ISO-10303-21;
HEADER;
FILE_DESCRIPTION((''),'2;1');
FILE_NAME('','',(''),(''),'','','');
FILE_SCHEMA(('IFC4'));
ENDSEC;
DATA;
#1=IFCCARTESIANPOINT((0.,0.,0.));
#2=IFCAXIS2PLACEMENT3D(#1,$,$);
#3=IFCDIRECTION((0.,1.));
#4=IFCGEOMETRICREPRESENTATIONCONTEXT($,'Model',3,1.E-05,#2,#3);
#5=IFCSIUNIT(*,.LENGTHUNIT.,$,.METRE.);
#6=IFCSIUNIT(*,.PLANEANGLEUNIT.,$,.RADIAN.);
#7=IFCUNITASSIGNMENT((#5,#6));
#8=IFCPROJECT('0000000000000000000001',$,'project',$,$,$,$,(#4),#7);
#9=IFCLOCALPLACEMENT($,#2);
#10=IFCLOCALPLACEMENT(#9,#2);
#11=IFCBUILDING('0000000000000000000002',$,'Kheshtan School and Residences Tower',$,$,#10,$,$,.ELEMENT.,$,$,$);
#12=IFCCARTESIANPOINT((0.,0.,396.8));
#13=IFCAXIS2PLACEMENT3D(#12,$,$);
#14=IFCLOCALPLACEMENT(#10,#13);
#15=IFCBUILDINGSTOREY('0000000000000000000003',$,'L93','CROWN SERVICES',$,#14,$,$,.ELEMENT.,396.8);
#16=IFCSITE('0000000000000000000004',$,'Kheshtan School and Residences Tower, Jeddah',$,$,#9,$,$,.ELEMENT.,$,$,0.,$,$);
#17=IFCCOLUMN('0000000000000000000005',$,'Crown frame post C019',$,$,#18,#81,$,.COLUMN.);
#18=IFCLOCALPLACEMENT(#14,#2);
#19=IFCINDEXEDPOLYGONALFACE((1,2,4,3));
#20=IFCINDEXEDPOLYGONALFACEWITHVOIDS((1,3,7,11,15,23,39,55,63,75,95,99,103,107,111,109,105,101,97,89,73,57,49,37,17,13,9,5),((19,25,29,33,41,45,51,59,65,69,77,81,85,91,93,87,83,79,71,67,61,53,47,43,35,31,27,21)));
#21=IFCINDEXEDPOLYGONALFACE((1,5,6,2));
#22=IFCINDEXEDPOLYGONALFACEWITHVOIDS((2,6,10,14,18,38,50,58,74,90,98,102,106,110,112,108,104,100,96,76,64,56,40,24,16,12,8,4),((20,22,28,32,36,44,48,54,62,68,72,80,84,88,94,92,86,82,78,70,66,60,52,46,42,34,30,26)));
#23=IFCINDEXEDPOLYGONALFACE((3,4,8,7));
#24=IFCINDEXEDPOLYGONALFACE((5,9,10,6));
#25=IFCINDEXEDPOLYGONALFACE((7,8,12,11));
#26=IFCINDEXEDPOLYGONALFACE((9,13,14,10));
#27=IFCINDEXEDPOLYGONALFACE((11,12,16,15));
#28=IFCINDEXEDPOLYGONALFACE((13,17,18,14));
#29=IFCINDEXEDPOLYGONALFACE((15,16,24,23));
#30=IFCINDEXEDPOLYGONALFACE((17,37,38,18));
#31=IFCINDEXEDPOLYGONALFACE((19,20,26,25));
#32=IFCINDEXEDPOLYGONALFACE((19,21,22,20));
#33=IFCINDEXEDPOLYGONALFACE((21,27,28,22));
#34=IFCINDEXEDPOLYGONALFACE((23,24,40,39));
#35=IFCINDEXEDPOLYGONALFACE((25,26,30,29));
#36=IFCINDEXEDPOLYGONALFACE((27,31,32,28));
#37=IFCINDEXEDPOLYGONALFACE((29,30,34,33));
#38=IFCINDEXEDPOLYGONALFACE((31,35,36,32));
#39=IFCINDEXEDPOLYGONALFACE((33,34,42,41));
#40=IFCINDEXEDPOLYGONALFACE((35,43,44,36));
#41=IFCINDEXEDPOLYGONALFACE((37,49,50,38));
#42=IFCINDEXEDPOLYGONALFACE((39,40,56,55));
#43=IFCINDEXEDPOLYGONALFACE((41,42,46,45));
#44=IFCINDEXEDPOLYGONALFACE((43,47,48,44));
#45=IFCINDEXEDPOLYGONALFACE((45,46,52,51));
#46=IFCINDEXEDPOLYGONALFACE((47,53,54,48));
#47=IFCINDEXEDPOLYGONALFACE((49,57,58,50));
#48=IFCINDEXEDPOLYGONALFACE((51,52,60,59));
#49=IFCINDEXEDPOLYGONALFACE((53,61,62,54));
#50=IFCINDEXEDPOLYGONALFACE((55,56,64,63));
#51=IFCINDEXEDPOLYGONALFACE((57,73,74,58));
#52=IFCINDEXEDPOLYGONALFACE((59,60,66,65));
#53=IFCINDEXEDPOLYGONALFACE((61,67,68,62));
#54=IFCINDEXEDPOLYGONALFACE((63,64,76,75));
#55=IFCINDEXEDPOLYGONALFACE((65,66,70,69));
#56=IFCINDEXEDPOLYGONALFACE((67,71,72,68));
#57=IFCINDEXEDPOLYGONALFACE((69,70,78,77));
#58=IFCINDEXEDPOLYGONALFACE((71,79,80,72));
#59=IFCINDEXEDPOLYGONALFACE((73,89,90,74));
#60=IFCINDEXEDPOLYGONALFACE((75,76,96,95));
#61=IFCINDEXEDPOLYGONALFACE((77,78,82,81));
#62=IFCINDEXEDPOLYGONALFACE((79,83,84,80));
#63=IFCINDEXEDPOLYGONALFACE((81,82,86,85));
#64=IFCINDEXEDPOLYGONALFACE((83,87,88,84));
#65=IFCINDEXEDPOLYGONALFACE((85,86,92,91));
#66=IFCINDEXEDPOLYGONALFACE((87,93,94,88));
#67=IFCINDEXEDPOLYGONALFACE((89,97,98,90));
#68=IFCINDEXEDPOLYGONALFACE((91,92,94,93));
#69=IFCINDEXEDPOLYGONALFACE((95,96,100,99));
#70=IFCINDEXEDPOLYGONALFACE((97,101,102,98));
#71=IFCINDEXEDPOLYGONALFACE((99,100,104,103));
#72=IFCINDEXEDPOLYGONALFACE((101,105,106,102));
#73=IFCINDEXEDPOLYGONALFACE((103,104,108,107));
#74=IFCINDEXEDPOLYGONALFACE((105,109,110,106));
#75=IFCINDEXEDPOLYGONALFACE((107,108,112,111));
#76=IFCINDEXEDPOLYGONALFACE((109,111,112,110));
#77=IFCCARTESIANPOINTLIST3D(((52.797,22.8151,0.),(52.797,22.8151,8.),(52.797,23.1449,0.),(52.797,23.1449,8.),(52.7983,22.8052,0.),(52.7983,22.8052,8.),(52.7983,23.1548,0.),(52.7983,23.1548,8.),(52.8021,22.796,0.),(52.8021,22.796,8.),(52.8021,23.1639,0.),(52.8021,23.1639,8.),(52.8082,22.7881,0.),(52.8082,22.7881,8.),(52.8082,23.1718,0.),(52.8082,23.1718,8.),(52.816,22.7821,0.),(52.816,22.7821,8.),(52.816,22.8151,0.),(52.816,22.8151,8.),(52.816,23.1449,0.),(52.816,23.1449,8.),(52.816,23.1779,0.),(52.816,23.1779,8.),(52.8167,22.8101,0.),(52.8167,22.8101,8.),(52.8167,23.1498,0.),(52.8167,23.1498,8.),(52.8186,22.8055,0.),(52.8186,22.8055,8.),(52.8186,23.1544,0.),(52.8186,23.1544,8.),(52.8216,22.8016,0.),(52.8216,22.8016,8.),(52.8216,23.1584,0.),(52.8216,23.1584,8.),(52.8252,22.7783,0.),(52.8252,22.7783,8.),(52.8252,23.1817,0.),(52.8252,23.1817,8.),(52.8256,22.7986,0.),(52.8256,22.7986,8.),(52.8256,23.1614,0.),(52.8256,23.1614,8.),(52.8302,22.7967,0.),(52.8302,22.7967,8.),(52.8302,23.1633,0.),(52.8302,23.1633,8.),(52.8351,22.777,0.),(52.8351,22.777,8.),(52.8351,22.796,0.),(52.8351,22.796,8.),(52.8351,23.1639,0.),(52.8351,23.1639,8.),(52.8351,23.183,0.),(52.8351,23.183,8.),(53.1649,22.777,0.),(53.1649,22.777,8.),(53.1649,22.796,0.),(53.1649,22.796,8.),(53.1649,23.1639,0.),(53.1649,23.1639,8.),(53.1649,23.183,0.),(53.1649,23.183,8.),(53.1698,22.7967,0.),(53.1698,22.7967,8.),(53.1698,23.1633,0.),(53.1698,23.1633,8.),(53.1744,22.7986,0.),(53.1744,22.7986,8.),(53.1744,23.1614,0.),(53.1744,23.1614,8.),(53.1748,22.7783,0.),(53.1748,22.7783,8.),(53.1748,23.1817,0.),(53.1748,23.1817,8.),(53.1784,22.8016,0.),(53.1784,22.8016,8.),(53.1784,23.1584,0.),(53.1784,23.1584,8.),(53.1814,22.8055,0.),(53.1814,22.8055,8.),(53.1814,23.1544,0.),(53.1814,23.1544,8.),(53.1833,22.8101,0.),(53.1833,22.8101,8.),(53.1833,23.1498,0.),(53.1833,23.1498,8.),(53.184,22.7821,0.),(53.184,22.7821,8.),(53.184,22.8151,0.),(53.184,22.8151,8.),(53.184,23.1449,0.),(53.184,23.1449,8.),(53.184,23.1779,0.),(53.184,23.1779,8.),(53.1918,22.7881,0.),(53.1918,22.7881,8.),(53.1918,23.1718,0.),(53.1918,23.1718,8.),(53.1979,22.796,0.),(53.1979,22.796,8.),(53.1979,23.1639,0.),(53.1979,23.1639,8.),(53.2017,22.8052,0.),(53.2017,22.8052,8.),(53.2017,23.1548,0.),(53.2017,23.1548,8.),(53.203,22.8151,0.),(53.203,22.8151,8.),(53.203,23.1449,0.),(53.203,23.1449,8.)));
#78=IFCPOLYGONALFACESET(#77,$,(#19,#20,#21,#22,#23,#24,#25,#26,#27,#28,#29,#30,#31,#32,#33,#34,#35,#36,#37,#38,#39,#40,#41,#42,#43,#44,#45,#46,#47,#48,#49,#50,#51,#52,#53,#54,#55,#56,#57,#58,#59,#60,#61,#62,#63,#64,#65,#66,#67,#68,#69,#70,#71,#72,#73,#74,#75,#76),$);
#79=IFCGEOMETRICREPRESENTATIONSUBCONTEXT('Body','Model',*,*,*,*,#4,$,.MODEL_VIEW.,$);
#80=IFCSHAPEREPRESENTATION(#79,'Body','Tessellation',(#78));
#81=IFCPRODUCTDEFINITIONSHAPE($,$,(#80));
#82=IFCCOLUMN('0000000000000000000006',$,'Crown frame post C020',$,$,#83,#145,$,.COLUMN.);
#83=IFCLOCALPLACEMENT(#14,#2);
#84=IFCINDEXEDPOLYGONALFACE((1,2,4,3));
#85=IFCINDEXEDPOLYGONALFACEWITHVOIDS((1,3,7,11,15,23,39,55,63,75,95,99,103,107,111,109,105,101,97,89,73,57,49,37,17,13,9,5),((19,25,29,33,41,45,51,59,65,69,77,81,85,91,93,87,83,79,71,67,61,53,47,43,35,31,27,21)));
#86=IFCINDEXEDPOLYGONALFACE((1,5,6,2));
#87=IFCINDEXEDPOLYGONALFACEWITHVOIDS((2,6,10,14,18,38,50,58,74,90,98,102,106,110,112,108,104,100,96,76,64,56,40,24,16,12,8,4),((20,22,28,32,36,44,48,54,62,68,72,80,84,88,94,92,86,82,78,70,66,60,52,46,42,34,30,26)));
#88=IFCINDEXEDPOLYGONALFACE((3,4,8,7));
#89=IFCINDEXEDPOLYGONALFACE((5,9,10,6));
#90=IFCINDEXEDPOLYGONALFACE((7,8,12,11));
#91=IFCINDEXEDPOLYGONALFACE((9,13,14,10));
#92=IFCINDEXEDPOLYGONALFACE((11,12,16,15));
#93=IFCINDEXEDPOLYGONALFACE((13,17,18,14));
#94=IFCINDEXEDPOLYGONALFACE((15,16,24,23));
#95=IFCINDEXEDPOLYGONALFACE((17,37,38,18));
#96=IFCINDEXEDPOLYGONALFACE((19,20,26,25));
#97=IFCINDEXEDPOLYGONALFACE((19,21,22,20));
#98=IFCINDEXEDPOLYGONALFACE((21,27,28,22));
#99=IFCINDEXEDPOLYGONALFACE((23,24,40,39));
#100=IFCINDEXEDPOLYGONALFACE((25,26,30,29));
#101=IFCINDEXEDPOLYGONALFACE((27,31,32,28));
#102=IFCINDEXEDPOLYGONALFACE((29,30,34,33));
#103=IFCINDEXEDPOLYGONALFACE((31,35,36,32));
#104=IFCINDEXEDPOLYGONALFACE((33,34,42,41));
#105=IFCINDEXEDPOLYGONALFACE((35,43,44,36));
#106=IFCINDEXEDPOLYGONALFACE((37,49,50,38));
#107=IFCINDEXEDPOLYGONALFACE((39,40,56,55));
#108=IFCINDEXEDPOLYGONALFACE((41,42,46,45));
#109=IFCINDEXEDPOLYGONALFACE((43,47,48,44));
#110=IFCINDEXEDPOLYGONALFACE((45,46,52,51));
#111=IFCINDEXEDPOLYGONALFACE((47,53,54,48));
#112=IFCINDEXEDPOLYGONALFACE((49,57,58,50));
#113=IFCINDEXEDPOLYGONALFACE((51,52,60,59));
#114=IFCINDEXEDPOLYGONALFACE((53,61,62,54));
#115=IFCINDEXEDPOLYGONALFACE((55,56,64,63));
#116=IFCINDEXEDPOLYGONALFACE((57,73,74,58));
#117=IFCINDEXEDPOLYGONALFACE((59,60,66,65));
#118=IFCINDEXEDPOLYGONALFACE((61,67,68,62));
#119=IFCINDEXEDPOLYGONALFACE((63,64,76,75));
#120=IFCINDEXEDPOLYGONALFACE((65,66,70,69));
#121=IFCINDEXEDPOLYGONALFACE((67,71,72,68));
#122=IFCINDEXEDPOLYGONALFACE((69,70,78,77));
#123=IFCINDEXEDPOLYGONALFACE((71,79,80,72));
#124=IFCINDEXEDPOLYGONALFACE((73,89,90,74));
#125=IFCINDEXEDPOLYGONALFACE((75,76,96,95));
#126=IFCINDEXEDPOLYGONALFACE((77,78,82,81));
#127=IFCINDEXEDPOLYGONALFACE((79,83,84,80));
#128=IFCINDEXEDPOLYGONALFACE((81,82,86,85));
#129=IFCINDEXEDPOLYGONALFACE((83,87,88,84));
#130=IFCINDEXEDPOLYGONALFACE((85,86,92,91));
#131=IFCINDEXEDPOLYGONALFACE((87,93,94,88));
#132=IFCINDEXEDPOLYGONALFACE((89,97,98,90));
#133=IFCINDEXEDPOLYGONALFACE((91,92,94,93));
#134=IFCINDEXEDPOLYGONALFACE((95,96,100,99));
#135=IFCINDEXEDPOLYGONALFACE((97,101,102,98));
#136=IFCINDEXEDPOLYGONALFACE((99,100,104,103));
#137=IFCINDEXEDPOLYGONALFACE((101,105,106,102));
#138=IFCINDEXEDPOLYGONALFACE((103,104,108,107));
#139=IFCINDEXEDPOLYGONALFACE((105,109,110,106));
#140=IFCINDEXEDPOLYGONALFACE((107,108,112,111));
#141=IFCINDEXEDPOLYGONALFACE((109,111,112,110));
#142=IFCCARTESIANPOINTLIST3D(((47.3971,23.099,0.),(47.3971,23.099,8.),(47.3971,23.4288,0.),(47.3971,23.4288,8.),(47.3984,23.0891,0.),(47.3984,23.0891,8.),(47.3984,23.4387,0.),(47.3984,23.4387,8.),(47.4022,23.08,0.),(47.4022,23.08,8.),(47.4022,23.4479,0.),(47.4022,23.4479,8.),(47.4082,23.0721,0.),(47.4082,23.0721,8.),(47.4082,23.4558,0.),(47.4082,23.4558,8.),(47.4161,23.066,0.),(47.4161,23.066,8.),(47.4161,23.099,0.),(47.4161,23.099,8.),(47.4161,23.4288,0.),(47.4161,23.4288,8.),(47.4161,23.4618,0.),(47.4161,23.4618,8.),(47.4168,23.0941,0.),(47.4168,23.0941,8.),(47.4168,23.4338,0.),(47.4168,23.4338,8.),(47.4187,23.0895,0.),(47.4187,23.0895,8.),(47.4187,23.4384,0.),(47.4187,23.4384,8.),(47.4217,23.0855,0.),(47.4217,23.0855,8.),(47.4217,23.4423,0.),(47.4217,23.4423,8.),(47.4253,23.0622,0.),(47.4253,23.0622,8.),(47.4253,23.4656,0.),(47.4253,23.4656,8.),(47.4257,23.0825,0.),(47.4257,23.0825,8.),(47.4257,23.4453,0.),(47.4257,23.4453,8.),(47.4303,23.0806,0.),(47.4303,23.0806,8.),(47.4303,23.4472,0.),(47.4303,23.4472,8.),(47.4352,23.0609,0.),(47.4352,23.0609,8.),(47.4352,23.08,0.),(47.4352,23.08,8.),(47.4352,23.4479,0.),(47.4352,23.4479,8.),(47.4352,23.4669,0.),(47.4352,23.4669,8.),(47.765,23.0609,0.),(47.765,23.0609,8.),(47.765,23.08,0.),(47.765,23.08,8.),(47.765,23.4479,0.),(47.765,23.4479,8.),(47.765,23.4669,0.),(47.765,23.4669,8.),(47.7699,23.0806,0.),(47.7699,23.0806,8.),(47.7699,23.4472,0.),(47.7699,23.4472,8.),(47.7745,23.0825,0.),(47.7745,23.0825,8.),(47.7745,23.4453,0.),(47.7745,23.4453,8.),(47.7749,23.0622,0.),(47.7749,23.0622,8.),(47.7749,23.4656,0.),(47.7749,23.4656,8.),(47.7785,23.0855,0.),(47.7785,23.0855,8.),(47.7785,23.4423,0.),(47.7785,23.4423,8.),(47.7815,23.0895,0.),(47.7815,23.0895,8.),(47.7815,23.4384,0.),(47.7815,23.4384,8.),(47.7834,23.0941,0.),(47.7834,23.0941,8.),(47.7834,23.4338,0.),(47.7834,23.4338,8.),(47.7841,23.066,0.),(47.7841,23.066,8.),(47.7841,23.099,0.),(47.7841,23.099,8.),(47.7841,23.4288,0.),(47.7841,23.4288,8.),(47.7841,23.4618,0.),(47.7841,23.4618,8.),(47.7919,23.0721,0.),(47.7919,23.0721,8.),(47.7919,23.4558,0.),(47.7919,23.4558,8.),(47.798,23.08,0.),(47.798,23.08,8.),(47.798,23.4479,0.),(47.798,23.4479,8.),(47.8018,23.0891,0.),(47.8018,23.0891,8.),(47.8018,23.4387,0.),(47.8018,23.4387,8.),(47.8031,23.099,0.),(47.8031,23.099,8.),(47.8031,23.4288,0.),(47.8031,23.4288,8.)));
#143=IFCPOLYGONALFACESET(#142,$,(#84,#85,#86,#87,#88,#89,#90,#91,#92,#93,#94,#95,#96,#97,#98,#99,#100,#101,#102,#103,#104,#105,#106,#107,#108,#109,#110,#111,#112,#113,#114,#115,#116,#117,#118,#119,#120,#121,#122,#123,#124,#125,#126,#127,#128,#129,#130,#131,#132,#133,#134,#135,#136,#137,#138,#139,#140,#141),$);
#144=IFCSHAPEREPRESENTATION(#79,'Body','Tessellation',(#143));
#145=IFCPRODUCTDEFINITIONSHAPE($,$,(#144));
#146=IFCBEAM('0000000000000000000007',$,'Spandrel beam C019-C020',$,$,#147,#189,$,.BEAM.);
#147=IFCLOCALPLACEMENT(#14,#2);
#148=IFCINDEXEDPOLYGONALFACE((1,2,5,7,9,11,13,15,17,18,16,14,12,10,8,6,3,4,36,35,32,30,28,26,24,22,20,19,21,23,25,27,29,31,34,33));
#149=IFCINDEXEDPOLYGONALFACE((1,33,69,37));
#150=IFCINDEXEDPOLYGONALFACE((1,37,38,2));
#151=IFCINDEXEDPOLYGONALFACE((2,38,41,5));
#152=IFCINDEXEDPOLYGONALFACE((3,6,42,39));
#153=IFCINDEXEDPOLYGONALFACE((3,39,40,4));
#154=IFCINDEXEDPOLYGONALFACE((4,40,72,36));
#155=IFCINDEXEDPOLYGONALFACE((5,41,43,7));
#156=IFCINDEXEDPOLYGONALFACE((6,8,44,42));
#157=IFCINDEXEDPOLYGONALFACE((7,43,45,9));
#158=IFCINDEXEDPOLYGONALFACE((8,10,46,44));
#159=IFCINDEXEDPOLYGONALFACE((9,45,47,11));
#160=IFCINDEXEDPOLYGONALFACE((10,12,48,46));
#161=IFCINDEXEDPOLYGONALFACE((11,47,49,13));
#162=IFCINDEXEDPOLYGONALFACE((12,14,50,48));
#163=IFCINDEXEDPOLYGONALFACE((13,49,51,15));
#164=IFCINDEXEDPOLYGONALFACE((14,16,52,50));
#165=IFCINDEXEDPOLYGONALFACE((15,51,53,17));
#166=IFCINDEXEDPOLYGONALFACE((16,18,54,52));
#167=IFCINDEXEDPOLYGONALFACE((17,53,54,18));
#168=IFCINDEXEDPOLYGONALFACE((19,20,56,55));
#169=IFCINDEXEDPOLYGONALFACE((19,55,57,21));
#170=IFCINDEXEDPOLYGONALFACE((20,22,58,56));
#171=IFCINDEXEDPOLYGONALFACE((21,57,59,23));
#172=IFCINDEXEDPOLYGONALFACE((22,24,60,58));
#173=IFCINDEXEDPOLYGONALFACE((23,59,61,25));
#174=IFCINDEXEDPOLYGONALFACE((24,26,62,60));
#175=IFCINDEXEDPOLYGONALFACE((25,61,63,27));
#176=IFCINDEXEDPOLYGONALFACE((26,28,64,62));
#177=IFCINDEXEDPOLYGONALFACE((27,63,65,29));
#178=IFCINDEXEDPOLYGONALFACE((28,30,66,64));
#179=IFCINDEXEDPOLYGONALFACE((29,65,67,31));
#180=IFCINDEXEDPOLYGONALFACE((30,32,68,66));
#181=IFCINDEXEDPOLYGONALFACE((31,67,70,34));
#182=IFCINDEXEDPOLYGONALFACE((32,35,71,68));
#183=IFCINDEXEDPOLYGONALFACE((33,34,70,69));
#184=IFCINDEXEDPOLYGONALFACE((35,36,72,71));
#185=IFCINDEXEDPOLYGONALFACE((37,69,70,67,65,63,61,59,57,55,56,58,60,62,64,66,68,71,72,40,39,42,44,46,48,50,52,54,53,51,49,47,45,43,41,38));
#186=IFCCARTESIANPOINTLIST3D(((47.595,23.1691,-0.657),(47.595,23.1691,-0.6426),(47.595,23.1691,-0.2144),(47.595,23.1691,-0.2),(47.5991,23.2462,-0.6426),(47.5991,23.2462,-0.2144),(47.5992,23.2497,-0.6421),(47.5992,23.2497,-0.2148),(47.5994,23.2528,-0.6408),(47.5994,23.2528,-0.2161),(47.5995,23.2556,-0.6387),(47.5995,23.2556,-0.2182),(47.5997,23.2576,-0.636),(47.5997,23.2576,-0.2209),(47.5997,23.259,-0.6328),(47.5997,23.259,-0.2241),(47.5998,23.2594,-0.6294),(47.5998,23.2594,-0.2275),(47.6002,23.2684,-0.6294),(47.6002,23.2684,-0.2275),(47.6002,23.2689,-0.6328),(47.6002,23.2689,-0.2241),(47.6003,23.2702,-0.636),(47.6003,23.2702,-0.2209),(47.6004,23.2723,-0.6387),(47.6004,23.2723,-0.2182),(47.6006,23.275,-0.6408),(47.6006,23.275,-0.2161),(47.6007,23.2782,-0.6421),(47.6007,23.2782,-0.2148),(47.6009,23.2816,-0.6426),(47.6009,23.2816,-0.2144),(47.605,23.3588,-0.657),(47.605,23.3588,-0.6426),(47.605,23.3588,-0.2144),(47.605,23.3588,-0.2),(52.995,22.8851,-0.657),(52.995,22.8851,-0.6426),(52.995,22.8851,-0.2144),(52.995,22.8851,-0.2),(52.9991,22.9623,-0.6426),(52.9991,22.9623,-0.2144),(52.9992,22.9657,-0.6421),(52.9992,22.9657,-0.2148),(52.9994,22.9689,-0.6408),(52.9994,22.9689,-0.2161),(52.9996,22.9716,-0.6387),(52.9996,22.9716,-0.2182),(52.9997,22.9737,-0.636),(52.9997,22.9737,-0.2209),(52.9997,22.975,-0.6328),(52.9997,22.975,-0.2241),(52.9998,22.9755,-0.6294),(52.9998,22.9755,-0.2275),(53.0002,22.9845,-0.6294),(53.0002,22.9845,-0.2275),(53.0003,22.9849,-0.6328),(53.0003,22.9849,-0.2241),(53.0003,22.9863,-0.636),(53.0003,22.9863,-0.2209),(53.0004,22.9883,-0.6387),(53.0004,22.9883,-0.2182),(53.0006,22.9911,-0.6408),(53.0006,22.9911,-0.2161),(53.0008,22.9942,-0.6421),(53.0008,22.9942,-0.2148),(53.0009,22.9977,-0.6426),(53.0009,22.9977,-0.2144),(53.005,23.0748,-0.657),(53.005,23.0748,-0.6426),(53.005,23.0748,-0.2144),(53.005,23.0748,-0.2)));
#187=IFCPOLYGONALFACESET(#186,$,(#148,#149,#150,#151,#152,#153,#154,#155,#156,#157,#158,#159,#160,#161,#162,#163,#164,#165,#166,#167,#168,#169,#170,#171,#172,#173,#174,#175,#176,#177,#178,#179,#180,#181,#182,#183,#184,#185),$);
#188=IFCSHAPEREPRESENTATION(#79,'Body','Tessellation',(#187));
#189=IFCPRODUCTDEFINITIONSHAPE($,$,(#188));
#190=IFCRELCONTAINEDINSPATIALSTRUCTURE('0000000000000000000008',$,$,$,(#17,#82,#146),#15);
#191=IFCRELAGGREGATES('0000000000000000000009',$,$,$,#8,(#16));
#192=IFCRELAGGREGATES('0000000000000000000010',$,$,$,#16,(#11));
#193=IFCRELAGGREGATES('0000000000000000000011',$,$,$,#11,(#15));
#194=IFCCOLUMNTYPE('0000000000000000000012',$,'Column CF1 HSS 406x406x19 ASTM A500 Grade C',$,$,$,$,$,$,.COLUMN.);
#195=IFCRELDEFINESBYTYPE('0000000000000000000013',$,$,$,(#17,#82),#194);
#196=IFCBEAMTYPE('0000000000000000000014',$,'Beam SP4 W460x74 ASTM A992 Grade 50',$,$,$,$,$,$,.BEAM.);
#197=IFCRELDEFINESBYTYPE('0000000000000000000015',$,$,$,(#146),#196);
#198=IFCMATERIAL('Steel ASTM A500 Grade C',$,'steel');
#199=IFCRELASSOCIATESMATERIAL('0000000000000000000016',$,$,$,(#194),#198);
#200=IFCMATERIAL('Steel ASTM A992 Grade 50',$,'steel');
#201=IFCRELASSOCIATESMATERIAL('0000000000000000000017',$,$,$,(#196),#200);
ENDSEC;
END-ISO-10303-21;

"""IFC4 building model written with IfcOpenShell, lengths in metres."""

from ifc_helpers import new_model, si_unit, direction, frame, origin, origin_2d, place, context, subcontext, project, spatial, hollow_rectangle, i_section, extrude, material, material_profile, profile_set, type_object, element, save


model = new_model("IFC4")

# Units and contexts
model_context = context("Model", 3, precision=1e-05, world=origin(), true_north=direction((0.0, 1.0)))
body_context = subcontext(model_context, "Body", "Model", "MODEL_VIEW")
ifc_project = project(units=[si_unit("LENGTHUNIT", "METRE"), si_unit("PLANEANGLEUNIT", "RADIAN")], contexts=[model_context])

# Site, building, storey
site_placement = place(None, origin())
site = spatial("IfcSite", under=ifc_project, at=site_placement, Name="Kheshtan School and Residences Tower, Jeddah", CompositionType="ELEMENT", RefElevation=0.0)
building_placement = place(site_placement, origin())
building = spatial("IfcBuilding", under=site, at=building_placement, Name="Kheshtan School and Residences Tower", CompositionType="ELEMENT")
storey_placement = place(building_placement, frame((0.0, 0.0, 396.8)))
storey = spatial("IfcBuildingStorey", under=building, at=storey_placement, Name="L93", Description="CROWN SERVICES", CompositionType="ELEMENT", Elevation=396.8)

# Columns
ifc_material_1 = material(Name="Steel ASTM A500 Grade C", Category="steel")
ifc_material_profile_1 = material_profile(ifc_material_1, hollow_rectangle(XDim=0.406, YDim=0.406, WallThickness=0.019, InnerFilletRadius=0.019, OuterFilletRadius=0.0381, at=origin_2d()), Name="HSS 406x406x19")
ifc_profile_set_1 = profile_set([ifc_material_profile_1], Name="Steel ASTM A500 Grade C")
column_type = type_object("IfcColumnType", Name="Column CF1 HSS 406x406x19 ASTM A500 Grade C", PredefinedType="COLUMN", material=ifc_profile_set_1)
for number, where, z_axis, x_axis, name in (
    (1, (53.0, 22.98, 0.0), (0.0, 0.0, 1.0), (1.0, 0.0, 0.0), "Crown frame post C019"),
    (2, (47.6001, 23.2639, 0.0), (0.0, 0.0, 1.0), (1.0, 0.0, 0.0), "Crown frame post C020"),
):
    element("IfcColumn", number, at=place(storey_placement, frame(where, z_axis=z_axis, x_axis=x_axis)), inside=storey, type_object=column_type, Name=name, PredefinedType="COLUMN", context=body_context, shape_type="SweptSolid", body=[
        extrude(hollow_rectangle(XDim=0.406, YDim=0.406, WallThickness=0.019, InnerFilletRadius=0.019, OuterFilletRadius=0.0381, at=origin_2d()), origin(), (0.0, 0.0, 1.0), 8.0),
    ])

# Beam
ifc_material_2 = material(Name="Steel ASTM A992 Grade 50", Category="steel")
ifc_material_profile_2 = material_profile(ifc_material_2, i_section(OverallWidth=0.1899, OverallDepth=0.457, WebThickness=0.009, FlangeThickness=0.0144, FilletRadius=0.0132, at=origin_2d()), Name="W460x74")
ifc_profile_set_2 = profile_set([ifc_material_profile_2], Name="Steel ASTM A992 Grade 50")
beam_type = type_object("IfcBeamType", Name="Beam SP4 W460x74 ASTM A992 Grade 50", PredefinedType="BEAM", material=ifc_profile_set_2)
beam_1_placement = place(storey_placement, frame((53.0, 22.98, -0.4285), z_axis=(-0.99862, 0.052509, 0.0), x_axis=(-0.052509, -0.99862, 0.0)))
element("IfcBeam", 3, at=beam_1_placement, inside=storey, type_object=beam_type, Name="Spandrel beam C019-C020", PredefinedType="BEAM", context=body_context, shape_type="SweptSolid", body=[
    extrude(i_section(OverallWidth=0.1899, OverallDepth=0.457, WebThickness=0.009, FlangeThickness=0.0144, FilletRadius=0.0132, at=origin_2d()), origin(), (0.0, 0.0, 1.0), 5.4075),
])

save(model, "model.ifc")
